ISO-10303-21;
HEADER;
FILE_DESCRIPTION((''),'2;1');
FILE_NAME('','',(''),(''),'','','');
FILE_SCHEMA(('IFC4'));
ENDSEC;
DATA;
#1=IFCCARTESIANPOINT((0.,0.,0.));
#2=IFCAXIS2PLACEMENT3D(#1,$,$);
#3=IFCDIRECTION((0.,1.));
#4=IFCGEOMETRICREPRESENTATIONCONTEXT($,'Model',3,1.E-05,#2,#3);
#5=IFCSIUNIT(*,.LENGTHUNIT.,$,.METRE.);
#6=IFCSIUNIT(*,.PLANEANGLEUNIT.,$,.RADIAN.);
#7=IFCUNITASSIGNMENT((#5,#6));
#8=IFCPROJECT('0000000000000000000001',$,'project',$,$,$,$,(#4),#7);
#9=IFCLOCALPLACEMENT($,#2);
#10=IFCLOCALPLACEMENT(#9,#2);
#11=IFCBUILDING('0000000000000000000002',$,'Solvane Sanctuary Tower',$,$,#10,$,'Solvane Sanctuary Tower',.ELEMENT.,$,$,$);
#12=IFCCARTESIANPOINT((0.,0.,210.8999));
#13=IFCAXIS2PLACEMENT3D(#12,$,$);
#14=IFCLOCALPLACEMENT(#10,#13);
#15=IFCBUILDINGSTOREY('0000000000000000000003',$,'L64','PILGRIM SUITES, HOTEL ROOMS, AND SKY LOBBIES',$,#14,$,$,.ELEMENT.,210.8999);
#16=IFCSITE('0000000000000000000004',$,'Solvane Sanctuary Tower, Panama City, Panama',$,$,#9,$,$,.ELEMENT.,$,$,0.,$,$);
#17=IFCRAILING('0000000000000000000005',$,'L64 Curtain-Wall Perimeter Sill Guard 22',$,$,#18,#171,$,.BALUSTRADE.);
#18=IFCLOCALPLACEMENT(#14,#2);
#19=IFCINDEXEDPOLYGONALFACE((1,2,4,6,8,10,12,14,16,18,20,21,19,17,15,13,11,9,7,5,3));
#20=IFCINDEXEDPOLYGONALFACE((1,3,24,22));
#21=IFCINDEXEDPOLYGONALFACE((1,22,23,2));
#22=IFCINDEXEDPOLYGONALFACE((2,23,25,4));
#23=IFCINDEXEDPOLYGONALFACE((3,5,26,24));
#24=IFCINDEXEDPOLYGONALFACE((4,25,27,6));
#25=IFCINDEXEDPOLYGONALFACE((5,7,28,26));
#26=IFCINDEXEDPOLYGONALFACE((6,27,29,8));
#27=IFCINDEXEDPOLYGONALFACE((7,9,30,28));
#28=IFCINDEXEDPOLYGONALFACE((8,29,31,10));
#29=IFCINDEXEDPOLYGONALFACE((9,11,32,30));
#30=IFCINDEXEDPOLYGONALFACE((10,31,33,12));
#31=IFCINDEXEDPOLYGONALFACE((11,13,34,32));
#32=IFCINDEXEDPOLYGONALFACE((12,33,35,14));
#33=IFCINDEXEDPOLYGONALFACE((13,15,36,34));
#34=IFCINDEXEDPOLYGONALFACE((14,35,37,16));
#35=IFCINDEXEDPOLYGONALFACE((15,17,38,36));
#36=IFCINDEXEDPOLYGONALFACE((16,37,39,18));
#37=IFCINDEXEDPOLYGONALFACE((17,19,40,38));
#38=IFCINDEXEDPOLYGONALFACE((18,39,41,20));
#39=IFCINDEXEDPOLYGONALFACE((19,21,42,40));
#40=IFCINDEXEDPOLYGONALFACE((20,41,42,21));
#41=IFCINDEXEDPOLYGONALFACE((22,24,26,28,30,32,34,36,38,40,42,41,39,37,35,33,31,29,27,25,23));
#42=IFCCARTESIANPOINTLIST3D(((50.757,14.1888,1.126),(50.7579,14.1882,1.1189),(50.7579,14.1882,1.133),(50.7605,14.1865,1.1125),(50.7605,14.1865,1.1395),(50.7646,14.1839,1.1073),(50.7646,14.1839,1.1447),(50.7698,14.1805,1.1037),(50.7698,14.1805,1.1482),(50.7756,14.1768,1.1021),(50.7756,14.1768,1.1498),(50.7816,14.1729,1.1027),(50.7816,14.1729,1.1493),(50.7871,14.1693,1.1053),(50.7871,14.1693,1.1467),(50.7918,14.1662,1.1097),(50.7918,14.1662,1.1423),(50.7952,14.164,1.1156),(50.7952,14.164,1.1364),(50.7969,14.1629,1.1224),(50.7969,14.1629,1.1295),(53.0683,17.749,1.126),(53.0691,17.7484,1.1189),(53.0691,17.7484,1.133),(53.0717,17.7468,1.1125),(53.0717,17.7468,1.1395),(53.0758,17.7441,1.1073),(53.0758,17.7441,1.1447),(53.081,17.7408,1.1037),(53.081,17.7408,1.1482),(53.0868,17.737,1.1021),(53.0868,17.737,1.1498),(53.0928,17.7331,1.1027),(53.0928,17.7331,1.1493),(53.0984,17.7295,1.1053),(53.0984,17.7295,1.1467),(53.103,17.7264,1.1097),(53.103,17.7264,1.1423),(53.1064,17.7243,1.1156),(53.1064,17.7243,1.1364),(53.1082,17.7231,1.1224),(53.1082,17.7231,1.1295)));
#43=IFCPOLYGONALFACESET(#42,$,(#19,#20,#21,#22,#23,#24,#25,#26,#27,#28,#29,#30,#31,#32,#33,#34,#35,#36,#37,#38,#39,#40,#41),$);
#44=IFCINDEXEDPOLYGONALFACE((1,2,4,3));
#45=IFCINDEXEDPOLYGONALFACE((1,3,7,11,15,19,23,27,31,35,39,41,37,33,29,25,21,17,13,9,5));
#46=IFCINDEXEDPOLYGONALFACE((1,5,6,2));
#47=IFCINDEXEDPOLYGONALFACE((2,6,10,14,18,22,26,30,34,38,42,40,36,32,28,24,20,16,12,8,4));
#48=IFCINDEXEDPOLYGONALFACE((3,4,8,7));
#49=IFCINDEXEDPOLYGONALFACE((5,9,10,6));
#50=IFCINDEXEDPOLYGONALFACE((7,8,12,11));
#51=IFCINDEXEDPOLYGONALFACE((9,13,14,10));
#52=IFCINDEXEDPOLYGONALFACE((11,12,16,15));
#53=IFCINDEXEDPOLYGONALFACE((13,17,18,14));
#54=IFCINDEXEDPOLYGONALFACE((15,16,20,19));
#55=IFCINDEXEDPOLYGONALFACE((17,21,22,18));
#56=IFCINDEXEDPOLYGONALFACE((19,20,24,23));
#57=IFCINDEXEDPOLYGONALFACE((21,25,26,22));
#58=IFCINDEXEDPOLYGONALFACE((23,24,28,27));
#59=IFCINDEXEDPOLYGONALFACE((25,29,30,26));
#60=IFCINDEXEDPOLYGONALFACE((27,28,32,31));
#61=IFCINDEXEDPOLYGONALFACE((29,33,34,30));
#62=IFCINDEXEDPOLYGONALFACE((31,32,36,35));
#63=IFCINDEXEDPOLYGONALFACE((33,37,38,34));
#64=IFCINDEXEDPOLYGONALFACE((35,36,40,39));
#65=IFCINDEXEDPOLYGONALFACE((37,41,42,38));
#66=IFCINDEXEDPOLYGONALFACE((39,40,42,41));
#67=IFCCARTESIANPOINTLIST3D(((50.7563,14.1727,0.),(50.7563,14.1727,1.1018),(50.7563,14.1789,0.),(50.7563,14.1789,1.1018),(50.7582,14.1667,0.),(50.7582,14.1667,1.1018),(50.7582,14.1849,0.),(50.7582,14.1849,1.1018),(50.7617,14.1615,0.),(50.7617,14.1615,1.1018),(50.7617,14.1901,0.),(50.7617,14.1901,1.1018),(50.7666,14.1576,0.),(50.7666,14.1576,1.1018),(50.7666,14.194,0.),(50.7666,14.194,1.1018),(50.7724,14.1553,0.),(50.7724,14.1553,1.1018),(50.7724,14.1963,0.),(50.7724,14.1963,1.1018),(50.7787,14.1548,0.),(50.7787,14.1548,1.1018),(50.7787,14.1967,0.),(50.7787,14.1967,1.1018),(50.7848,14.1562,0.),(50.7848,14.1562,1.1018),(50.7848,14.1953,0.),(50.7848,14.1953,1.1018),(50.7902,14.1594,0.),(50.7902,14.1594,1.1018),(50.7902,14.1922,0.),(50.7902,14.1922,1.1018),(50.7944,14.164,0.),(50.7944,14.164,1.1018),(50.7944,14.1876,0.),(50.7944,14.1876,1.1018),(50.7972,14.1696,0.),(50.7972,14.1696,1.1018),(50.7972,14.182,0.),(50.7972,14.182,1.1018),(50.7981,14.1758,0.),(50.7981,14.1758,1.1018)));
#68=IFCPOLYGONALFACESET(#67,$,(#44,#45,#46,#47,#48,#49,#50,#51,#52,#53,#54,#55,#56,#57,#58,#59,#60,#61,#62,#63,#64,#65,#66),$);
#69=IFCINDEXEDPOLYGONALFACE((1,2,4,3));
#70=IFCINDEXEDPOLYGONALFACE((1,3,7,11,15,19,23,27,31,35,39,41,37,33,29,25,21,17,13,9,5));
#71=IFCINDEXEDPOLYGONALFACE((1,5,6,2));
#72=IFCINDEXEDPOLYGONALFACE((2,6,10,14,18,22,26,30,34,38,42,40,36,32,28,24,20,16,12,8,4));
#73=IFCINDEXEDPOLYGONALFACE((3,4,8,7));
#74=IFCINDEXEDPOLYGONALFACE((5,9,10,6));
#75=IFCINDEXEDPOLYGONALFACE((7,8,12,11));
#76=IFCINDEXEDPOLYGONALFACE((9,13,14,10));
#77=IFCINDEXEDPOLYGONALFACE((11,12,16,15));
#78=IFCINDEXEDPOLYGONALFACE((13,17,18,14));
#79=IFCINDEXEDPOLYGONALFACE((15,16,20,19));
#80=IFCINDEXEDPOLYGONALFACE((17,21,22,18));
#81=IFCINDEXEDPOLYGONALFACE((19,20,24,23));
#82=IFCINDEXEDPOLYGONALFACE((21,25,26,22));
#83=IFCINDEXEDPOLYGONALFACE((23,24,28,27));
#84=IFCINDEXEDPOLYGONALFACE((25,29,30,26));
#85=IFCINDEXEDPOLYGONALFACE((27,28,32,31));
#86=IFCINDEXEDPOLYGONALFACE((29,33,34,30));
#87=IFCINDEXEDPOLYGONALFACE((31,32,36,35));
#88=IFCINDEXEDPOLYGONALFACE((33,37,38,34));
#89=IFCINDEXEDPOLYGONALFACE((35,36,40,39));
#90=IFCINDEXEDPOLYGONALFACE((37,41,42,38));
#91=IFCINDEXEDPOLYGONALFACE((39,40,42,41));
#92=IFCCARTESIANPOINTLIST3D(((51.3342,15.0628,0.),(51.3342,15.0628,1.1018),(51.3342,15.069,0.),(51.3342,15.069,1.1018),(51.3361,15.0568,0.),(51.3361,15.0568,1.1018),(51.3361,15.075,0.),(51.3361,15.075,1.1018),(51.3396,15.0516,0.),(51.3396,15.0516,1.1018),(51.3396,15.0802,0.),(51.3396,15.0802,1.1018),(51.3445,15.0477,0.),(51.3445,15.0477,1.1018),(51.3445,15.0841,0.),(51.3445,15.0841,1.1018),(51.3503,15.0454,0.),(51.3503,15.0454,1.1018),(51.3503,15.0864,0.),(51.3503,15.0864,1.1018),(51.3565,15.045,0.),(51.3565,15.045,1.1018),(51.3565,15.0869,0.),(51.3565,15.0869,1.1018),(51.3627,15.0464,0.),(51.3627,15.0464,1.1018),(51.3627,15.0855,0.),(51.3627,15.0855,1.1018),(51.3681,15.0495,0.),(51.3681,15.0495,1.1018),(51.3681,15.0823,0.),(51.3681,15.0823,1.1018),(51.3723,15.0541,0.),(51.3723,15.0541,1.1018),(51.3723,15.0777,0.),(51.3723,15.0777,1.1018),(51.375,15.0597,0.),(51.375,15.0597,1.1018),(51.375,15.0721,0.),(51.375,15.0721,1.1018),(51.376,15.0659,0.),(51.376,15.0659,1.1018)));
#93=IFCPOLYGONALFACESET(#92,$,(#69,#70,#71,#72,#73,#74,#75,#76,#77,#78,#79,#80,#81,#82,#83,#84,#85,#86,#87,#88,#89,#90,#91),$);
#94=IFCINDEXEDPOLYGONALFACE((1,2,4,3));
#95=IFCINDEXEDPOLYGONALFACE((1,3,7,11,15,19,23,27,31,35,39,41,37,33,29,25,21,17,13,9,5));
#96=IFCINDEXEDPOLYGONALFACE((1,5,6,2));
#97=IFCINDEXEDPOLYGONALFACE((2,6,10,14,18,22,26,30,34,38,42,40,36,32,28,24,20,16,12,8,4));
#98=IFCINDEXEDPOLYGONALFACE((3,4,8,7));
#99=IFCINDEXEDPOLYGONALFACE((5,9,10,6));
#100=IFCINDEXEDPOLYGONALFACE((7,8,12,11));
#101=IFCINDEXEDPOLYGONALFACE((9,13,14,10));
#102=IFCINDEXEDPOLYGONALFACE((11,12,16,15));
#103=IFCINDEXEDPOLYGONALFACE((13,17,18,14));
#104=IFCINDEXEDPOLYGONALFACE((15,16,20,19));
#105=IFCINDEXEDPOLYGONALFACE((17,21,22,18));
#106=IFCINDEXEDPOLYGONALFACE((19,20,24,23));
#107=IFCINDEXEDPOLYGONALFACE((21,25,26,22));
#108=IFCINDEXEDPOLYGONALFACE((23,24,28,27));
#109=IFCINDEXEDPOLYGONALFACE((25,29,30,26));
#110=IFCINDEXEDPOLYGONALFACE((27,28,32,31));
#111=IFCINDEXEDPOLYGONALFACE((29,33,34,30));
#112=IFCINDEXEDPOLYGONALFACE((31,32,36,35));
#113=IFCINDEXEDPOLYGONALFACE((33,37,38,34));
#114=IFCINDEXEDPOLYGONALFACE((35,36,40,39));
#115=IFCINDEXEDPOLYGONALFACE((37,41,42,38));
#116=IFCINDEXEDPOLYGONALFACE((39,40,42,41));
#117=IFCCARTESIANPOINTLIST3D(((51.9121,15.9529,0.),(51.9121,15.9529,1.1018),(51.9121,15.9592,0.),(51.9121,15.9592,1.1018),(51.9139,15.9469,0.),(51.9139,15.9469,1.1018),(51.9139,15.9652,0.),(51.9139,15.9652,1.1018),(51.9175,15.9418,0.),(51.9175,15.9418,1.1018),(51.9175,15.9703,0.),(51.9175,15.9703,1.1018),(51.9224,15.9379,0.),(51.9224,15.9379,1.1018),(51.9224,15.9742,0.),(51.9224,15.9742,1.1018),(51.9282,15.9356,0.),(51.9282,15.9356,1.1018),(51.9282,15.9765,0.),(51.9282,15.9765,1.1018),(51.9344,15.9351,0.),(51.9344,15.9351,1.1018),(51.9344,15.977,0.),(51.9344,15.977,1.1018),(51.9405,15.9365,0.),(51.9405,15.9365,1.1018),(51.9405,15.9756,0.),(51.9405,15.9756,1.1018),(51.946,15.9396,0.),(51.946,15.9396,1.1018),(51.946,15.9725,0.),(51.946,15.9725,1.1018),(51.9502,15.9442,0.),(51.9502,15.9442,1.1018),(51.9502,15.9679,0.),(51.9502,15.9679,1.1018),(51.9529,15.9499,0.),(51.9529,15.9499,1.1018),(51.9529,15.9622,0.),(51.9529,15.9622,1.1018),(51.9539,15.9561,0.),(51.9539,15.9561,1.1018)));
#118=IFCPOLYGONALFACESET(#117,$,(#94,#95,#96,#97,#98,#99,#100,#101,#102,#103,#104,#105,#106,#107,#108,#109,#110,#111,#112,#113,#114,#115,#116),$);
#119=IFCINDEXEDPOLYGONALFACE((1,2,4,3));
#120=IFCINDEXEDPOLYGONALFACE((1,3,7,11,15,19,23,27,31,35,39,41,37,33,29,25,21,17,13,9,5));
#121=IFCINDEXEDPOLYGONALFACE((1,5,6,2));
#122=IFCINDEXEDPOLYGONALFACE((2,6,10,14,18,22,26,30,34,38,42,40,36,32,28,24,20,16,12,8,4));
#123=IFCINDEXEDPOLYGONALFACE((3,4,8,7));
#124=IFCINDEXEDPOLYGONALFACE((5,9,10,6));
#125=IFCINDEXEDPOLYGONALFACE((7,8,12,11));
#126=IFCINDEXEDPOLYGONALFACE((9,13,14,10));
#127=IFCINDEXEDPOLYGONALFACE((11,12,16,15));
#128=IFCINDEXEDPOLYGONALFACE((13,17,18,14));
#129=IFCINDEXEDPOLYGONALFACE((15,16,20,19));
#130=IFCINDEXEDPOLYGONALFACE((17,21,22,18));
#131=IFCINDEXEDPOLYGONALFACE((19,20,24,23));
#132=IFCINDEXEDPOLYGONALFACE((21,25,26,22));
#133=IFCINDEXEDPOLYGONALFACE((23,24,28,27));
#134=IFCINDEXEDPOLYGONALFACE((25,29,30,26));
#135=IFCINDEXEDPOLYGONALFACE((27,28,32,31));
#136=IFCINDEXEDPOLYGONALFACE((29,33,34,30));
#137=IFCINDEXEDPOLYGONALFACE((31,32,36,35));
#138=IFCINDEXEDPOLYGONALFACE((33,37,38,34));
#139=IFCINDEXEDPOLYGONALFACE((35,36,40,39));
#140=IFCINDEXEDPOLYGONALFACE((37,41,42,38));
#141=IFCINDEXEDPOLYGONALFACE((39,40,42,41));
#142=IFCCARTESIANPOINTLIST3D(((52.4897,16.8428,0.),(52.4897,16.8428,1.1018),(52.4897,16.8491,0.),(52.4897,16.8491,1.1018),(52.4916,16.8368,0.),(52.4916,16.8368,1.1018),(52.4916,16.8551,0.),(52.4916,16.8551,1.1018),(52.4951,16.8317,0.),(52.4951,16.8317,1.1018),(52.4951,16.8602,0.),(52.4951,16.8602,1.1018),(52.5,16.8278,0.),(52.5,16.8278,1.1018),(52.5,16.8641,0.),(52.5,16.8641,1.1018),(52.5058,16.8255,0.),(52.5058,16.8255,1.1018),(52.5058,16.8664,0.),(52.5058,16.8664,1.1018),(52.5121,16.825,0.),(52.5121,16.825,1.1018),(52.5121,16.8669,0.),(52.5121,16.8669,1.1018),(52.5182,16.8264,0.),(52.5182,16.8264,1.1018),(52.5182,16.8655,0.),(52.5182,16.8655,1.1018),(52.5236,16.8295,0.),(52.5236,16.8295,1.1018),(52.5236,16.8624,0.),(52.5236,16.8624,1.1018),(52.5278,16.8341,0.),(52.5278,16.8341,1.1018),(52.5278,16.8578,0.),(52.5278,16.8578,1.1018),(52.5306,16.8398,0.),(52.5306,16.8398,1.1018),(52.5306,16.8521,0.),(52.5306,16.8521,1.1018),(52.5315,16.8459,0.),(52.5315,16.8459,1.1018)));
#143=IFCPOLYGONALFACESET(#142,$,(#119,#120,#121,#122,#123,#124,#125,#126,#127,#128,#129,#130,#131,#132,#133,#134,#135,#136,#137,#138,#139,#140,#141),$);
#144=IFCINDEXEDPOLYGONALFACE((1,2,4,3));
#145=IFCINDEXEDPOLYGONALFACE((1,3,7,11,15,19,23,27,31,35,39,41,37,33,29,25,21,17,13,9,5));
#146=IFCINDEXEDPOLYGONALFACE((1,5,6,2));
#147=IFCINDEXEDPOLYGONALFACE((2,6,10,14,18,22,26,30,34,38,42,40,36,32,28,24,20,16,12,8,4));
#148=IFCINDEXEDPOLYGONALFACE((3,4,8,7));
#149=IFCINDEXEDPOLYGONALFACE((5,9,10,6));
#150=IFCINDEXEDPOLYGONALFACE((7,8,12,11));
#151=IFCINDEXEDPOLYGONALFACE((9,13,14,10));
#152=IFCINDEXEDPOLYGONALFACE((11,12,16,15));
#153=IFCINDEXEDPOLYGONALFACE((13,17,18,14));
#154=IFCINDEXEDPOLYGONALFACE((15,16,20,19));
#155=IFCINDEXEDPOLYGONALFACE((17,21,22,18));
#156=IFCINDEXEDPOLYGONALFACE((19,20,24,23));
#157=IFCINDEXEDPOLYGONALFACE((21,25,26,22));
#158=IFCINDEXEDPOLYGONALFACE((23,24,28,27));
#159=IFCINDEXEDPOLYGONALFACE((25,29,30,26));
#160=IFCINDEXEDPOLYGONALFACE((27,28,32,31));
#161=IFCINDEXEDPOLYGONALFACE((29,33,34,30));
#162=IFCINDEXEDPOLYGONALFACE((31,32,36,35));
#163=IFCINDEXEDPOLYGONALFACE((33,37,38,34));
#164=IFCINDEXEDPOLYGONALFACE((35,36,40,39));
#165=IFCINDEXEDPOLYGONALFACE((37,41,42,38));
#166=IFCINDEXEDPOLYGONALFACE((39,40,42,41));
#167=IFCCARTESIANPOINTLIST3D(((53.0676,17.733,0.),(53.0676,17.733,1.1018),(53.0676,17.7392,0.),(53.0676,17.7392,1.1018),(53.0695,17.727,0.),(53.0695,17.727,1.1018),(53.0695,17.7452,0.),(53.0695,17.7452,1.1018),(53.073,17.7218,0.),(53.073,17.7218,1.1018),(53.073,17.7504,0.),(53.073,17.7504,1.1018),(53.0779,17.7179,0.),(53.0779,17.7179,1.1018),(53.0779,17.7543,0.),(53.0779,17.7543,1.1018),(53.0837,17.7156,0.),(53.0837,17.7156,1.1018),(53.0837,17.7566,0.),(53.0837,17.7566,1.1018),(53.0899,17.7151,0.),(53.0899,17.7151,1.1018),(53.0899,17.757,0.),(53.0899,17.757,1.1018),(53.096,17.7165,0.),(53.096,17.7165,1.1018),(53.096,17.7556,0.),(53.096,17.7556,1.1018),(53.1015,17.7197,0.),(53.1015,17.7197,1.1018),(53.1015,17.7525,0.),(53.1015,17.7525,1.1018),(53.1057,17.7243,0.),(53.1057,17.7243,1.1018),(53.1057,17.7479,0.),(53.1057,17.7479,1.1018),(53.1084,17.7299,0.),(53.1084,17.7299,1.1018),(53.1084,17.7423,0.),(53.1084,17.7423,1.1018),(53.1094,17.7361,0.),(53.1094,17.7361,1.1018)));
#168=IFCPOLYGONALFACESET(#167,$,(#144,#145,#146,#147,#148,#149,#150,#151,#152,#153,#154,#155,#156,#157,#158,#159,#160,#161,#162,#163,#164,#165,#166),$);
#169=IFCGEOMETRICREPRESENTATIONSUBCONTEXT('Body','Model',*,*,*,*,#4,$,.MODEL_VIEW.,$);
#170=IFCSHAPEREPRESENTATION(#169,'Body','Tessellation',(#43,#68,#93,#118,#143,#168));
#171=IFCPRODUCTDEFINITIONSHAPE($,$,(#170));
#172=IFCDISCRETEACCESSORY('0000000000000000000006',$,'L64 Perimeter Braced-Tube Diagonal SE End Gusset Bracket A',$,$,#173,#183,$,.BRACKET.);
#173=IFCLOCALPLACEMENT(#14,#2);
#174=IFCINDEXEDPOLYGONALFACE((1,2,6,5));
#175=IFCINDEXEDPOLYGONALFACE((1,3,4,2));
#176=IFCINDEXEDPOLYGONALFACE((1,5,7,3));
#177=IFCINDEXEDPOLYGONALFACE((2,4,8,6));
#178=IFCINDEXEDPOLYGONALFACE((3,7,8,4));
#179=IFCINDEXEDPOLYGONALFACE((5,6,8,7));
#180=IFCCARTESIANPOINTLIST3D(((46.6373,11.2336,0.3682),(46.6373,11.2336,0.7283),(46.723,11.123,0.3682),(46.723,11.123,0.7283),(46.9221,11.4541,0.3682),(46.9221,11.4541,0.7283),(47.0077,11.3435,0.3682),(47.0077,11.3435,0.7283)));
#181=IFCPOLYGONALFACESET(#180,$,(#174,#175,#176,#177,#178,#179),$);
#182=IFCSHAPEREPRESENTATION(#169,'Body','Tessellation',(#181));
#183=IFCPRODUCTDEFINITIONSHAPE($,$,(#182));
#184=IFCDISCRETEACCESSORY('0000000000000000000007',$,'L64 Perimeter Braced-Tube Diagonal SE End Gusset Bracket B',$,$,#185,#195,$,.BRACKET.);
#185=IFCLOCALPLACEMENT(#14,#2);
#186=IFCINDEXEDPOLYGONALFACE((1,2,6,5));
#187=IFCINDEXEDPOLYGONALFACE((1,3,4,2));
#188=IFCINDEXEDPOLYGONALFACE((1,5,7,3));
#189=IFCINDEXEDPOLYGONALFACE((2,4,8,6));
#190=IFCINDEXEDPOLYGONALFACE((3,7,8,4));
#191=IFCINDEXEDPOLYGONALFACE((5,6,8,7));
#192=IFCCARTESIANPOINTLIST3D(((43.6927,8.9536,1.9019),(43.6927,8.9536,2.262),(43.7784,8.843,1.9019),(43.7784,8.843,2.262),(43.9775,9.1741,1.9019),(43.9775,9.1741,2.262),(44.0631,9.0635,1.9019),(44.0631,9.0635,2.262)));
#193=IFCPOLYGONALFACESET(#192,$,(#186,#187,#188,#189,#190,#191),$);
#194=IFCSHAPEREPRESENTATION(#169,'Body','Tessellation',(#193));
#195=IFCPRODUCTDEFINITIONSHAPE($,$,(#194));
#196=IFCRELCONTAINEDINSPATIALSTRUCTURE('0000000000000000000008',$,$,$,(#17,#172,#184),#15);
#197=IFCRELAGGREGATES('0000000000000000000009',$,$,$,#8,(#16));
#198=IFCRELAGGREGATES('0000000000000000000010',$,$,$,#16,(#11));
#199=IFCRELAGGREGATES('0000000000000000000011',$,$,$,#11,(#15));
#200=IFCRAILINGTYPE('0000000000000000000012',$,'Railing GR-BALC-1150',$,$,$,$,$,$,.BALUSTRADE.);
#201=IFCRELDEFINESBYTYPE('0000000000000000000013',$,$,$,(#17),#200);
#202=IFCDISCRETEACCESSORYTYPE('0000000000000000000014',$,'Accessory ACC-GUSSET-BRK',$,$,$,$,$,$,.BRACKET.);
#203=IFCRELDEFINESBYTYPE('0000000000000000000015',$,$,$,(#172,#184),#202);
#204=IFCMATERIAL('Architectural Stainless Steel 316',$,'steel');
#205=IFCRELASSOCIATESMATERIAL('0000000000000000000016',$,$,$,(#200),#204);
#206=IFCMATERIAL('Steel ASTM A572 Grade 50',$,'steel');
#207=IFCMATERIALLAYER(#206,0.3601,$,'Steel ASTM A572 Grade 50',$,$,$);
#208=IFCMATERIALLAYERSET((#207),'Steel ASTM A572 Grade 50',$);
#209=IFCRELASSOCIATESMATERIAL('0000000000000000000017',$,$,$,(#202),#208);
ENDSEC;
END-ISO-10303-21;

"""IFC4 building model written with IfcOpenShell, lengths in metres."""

from ifc_helpers import new_model, si_unit, direction, frame, origin, origin_2d, place, context, subcontext, project, spatial, rectangle, circle, extrude, material, layer, layer_set, type_object, element, save


model = new_model("IFC4")

# Units and contexts
model_context = context("Model", 3, precision=1e-05, world=origin(), true_north=direction((0.0, 1.0)))
body_context = subcontext(model_context, "Body", "Model", "MODEL_VIEW")
ifc_project = project(units=[si_unit("LENGTHUNIT", "METRE"), si_unit("PLANEANGLEUNIT", "RADIAN")], contexts=[model_context])

# Site, building, storey
site_placement = place(None, origin())
site = spatial("IfcSite", under=ifc_project, at=site_placement, Name="Solvane Sanctuary Tower, Panama City, Panama", CompositionType="ELEMENT", RefElevation=0.0)
building_placement = place(site_placement, origin())
building = spatial("IfcBuilding", under=site, at=building_placement, Name="Solvane Sanctuary Tower", LongName="Solvane Sanctuary Tower", CompositionType="ELEMENT")
storey_placement = place(building_placement, frame((0.0, 0.0, 210.8999)))
storey = spatial("IfcBuildingStorey", under=building, at=storey_placement, Name="L64", Description="PILGRIM SUITES, HOTEL ROOMS, AND SKY LOBBIES", CompositionType="ELEMENT", Elevation=210.8999)

# Railing
ifc_material_1 = material(Name="Architectural Stainless Steel 316", Category="steel")
railing_type = type_object("IfcRailingType", Name="Railing GR-BALC-1150", PredefinedType="BALUSTRADE", material=ifc_material_1)
railing_placement = place(storey_placement, frame((50.7771, 14.1758, 0.0)))
element("IfcRailing", 1, at=railing_placement, inside=storey, type_object=railing_type, Name="L64 Curtain-Wall Perimeter Sill Guard 22", PredefinedType="BALUSTRADE", context=body_context, shape_type="SweptSolid", body=[
    extrude(circle(Radius=0.0239, at=origin_2d()), frame((0.0, 0.0, 1.126), z_axis=(0.544505, 0.838758, 0.0), x_axis=(-0.838758, 0.544505, 0.0)), (0.0, 0.0, 1.0), 4.2446),
    extrude(circle(Radius=0.021, at=origin_2d()), origin(), (0.0, 0.0, 1.0), 1.1018),
    extrude(circle(Radius=0.021, at=origin_2d()), frame((0.5779, 0.8901, 0.0)), (0.0, 0.0, 1.0), 1.1018),
    extrude(circle(Radius=0.021, at=origin_2d()), frame((1.1558, 1.7803, 0.0)), (0.0, 0.0, 1.0), 1.1018),
    extrude(circle(Radius=0.021, at=origin_2d()), frame((1.7334, 2.6702, 0.0)), (0.0, 0.0, 1.0), 1.1018),
    extrude(circle(Radius=0.021, at=origin_2d()), frame((2.3113, 3.5603, 0.0)), (0.0, 0.0, 1.0), 1.1018),
])

# Discrete accessories
ifc_material_2 = material(Name="Steel ASTM A572 Grade 50", Category="steel")
ifc_layer_1 = layer(ifc_material_2, 0.3601, Name="Steel ASTM A572 Grade 50")
ifc_layer_set_1 = layer_set([ifc_layer_1], Name="Steel ASTM A572 Grade 50")
discrete_accessory_type = type_object("IfcDiscreteAccessoryType", Name="Accessory ACC-GUSSET-BRK", PredefinedType="BRACKET", material=ifc_layer_set_1)
for number, where, z_axis, x_axis, name in (
    (2, (46.8225, 11.2886, 0.3682), (0.0, 0.0, 1.0), (-0.79069, -0.612217, 0.0), "L64 Perimeter Braced-Tube Diagonal SE End Gusset Bracket A"),
    (3, (43.8779, 9.0085, 1.9019), (0.0, 0.0, 1.0), (-0.79069, -0.612217, 0.0), "L64 Perimeter Braced-Tube Diagonal SE End Gusset Bracket B"),
):
    element("IfcDiscreteAccessory", number, at=place(storey_placement, frame(where, z_axis=z_axis, x_axis=x_axis)), inside=storey, type_object=discrete_accessory_type, Name=name, PredefinedType="BRACKET", context=body_context, shape_type="SweptSolid", body=[
        extrude(rectangle(XDim=0.3601, YDim=0.1399, at=origin_2d()), origin(), (0.0, 0.0, 1.0), 0.3601),
    ])

save(model, "model.ifc")
